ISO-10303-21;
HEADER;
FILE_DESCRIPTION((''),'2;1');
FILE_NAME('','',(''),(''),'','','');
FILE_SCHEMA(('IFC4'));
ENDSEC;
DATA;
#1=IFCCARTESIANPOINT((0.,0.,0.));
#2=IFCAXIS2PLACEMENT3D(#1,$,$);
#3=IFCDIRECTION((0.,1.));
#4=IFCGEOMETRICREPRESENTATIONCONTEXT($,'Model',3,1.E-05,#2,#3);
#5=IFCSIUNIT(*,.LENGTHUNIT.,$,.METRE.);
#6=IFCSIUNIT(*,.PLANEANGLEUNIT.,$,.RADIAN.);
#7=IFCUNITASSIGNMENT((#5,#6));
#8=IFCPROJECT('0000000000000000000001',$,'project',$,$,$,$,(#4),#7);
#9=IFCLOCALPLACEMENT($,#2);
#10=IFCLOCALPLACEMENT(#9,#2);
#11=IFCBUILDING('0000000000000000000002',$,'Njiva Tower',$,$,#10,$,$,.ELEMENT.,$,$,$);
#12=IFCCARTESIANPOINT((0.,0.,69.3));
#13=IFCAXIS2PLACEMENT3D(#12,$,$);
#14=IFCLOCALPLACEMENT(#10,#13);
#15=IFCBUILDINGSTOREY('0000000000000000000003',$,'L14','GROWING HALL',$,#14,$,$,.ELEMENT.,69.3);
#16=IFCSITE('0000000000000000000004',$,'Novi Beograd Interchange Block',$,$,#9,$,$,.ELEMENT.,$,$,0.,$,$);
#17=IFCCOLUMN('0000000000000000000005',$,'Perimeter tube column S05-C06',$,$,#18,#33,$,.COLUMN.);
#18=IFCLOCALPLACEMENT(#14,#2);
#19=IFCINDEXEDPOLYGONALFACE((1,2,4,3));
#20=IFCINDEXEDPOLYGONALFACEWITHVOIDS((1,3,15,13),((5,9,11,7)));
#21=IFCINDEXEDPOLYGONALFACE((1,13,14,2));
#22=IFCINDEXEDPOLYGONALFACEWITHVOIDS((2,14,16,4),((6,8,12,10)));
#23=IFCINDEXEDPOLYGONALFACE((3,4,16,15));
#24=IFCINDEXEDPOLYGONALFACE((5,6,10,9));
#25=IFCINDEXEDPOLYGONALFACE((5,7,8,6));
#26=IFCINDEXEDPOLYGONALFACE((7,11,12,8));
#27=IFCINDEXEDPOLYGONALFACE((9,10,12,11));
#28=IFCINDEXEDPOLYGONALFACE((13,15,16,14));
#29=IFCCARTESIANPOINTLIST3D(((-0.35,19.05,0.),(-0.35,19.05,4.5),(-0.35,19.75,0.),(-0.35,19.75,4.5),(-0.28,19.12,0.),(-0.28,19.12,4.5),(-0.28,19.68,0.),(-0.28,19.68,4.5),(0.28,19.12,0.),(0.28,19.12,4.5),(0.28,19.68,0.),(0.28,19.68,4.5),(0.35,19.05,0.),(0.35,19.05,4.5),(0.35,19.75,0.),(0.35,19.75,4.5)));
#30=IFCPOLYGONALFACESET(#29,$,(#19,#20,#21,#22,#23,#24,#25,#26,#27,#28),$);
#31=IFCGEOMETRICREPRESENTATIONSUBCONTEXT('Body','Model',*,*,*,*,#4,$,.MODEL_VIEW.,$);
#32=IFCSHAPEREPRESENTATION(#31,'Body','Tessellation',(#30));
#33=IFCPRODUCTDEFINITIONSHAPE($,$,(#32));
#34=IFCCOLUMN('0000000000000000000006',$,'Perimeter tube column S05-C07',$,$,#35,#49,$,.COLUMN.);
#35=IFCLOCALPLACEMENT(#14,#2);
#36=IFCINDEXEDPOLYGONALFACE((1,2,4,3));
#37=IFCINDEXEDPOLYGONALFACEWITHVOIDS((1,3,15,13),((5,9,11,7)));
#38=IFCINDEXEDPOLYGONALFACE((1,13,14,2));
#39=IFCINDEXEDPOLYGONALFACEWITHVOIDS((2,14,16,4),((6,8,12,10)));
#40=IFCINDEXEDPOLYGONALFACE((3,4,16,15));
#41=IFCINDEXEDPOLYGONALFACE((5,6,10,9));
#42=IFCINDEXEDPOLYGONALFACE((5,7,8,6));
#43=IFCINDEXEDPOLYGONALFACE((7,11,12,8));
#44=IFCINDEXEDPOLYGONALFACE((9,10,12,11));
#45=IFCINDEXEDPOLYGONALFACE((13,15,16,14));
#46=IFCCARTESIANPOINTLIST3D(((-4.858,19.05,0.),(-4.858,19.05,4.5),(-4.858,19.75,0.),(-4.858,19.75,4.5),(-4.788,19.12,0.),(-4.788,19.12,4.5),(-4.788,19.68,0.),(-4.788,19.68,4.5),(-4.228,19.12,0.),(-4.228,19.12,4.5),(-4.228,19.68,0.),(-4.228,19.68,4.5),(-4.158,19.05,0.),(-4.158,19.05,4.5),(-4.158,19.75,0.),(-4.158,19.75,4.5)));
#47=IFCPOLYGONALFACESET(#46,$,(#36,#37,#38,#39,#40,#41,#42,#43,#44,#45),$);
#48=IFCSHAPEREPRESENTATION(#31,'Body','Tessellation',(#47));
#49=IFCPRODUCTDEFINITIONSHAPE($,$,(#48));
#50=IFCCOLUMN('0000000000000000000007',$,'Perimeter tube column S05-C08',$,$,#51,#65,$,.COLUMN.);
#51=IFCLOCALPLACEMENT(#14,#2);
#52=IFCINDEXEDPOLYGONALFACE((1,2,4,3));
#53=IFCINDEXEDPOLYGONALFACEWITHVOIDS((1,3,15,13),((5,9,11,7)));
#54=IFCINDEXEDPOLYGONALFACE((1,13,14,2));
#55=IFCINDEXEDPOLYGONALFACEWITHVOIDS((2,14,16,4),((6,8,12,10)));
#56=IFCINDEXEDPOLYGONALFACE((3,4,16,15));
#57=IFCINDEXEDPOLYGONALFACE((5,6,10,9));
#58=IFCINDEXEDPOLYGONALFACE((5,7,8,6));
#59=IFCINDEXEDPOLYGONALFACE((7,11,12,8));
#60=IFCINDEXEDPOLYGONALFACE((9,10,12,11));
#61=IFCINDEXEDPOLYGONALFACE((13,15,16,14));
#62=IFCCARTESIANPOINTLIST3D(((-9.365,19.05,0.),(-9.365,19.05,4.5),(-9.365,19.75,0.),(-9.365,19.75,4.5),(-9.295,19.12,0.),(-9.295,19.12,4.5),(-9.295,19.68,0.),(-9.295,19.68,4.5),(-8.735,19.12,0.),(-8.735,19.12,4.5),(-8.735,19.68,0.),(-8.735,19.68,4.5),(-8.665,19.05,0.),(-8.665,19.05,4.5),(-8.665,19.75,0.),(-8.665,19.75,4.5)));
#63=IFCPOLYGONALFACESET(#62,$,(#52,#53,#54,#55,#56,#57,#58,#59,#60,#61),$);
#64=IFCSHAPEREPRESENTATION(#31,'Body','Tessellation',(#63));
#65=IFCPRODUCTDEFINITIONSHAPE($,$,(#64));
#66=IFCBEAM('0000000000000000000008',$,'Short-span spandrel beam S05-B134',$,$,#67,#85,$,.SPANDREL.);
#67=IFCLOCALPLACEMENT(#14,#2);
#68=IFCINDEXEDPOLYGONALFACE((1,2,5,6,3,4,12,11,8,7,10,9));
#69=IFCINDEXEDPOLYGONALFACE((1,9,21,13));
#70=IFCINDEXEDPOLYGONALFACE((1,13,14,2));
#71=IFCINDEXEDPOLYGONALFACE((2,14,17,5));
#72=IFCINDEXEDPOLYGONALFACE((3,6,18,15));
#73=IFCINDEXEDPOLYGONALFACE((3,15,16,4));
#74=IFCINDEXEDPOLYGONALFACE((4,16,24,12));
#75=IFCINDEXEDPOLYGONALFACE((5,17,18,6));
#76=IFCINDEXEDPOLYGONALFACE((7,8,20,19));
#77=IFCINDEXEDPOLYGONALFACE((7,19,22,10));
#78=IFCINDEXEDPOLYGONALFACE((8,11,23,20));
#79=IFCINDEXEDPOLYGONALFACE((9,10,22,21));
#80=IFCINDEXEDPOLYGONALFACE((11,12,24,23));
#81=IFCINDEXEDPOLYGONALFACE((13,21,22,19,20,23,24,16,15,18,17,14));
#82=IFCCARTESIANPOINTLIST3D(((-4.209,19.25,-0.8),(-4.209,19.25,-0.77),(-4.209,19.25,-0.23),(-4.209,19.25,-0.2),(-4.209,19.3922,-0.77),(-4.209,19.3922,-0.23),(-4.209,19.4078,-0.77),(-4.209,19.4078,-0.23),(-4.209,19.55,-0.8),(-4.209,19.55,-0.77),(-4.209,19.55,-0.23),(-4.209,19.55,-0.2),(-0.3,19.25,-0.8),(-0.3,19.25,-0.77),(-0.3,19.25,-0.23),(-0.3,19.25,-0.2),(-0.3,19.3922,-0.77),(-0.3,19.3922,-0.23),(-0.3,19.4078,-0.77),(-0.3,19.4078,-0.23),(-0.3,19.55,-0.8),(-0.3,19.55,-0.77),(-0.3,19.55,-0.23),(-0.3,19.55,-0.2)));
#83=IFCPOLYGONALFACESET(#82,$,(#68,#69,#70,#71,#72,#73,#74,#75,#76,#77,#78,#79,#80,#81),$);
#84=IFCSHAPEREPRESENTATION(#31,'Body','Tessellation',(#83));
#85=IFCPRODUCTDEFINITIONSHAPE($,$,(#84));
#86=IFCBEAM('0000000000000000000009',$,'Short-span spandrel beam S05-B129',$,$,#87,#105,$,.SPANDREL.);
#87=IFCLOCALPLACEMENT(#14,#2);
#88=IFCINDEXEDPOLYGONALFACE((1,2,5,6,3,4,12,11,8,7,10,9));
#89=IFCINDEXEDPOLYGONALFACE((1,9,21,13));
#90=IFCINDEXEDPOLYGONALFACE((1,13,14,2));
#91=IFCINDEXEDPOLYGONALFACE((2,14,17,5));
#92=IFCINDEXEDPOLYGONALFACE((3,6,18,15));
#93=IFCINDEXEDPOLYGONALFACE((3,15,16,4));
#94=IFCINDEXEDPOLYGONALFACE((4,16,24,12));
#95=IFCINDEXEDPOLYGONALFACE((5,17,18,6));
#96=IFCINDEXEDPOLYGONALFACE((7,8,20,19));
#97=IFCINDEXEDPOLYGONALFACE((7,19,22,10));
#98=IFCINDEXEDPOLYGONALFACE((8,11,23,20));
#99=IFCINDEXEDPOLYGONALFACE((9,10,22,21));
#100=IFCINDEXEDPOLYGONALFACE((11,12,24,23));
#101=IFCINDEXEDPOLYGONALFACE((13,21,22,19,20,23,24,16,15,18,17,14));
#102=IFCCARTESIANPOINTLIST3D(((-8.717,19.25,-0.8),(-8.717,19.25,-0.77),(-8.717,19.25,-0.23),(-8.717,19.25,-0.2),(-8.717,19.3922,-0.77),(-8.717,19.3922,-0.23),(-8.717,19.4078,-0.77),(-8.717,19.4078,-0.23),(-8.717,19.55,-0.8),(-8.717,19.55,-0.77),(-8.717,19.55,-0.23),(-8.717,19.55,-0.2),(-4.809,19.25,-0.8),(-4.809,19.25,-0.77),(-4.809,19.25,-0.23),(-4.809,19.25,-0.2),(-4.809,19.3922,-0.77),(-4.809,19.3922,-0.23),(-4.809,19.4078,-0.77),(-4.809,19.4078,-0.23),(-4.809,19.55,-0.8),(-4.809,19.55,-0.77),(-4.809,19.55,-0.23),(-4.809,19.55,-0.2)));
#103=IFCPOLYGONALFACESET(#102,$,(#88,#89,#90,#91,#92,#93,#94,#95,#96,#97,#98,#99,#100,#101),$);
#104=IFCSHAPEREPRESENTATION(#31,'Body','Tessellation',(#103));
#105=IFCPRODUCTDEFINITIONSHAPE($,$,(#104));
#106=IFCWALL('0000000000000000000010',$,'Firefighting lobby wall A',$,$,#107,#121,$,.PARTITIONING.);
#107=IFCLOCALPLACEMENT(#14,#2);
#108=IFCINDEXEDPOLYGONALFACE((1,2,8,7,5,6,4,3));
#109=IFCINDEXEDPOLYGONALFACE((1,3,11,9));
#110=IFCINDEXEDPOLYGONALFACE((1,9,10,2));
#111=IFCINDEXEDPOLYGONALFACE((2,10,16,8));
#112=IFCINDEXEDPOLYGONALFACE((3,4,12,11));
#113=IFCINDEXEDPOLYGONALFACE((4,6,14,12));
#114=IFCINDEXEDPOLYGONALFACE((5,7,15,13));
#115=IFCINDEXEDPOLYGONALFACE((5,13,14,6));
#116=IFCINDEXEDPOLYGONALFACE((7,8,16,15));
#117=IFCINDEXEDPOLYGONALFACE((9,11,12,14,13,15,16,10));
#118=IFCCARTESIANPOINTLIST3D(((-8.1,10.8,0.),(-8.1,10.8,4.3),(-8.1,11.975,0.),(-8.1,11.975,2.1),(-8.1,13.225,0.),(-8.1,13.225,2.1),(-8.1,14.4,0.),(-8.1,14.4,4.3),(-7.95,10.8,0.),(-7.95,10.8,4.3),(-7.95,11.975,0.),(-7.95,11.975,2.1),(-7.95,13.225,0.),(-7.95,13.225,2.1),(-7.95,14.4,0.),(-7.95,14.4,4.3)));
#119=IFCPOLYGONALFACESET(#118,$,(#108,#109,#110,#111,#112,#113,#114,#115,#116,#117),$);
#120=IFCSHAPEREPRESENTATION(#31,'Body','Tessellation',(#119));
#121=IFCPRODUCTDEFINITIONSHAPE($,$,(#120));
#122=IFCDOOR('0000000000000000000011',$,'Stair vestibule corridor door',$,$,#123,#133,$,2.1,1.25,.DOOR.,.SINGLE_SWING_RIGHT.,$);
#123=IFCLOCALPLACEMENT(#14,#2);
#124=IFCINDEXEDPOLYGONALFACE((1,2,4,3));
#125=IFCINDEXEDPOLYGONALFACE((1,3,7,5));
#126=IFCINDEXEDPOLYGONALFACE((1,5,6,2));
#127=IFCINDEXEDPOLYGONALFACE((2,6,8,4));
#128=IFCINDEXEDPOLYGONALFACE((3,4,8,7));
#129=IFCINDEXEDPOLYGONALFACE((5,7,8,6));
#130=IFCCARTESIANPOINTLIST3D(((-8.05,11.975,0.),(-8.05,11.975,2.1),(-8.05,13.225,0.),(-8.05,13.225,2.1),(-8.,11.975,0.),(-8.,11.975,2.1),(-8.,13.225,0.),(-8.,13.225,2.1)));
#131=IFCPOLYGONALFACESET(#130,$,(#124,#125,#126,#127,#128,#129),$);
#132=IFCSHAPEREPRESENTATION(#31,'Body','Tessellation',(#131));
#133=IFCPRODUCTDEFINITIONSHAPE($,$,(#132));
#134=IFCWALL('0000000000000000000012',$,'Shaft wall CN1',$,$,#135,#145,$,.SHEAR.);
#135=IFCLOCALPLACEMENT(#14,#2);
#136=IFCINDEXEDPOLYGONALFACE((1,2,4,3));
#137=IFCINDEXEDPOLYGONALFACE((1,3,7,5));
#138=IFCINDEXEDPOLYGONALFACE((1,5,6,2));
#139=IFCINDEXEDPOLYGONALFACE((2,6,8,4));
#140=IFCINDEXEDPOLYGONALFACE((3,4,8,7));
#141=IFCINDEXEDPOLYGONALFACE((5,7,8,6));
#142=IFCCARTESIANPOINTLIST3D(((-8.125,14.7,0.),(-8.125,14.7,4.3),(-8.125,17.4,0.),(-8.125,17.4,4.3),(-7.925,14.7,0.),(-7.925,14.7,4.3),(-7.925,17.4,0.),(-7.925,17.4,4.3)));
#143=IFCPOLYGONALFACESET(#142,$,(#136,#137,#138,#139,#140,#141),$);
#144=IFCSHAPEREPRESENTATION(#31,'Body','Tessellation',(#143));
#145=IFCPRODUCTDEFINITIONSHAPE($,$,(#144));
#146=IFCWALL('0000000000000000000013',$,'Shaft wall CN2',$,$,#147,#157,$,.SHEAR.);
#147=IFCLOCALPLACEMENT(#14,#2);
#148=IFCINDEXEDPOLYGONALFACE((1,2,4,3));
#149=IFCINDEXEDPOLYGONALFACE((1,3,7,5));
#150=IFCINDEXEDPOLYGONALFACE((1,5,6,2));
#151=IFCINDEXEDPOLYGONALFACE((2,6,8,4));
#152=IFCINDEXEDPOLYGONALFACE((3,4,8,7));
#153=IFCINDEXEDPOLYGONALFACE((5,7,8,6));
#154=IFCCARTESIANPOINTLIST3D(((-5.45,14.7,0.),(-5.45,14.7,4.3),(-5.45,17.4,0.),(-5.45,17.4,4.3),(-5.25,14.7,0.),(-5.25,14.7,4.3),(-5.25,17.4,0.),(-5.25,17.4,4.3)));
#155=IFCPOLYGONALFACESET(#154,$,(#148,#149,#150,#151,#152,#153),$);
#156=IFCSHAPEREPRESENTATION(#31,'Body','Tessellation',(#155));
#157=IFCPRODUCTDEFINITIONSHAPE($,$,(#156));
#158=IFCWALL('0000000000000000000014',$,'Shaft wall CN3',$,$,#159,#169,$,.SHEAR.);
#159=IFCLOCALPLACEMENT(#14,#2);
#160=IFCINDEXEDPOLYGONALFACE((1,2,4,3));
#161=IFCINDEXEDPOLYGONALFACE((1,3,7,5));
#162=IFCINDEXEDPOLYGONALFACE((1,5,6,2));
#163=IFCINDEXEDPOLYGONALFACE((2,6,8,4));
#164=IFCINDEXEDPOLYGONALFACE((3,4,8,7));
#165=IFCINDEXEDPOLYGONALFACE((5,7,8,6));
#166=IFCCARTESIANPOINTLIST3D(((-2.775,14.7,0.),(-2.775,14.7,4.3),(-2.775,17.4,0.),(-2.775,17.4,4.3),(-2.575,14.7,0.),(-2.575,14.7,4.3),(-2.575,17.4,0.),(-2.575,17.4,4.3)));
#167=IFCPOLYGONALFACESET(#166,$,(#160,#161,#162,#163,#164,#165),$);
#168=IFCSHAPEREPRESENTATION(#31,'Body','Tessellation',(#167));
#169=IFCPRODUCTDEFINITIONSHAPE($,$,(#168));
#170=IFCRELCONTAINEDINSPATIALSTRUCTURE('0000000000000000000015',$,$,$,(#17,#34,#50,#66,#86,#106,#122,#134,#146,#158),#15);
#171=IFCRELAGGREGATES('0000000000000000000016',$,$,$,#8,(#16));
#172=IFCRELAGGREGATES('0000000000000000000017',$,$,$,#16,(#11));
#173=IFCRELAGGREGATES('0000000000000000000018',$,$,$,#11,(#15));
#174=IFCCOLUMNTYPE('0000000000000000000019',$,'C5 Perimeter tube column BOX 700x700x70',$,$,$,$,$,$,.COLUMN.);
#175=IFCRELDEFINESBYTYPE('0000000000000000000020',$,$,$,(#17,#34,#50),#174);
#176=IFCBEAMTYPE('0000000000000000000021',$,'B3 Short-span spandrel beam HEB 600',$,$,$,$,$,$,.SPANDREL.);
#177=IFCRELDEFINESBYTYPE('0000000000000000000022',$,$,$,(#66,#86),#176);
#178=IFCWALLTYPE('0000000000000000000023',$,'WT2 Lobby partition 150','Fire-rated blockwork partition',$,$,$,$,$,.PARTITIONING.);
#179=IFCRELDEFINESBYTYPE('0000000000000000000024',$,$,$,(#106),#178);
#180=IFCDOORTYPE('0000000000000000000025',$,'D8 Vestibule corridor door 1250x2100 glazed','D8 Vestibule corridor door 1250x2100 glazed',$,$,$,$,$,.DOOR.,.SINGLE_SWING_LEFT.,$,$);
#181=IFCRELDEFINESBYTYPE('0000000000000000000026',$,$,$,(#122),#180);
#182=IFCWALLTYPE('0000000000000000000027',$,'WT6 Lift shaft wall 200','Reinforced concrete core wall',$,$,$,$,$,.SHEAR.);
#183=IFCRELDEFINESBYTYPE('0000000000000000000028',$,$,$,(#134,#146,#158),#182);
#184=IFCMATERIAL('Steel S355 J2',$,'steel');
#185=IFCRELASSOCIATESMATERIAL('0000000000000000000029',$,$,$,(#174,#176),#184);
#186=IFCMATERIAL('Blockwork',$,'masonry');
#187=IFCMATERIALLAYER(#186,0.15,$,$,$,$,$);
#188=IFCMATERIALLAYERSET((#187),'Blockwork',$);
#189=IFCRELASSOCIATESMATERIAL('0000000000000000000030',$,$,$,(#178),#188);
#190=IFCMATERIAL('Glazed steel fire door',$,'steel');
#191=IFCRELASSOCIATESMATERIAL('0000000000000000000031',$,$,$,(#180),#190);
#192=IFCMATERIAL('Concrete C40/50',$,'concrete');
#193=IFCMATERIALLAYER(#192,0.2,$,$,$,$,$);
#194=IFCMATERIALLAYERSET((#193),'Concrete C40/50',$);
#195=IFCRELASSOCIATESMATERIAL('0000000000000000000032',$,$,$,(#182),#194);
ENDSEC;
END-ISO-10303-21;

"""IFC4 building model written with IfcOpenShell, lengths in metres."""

from ifc_helpers import new_model, si_unit, direction, frame, frame_2d, origin, origin_2d, place, context, subcontext, project, spatial, rectangle, hollow_rectangle, i_section, extrude, material, layer, layer_set, material_profile, profile_set, type_object, element, fill, save


model = new_model("IFC4")

# Units and contexts
model_context = context("Model", 3, precision=1e-05, world=origin(), true_north=direction((0.0, 1.0)))
body_context = subcontext(model_context, "Body", "Model", "MODEL_VIEW")
ifc_project = project(units=[si_unit("LENGTHUNIT", "METRE"), si_unit("PLANEANGLEUNIT", "RADIAN")], contexts=[model_context])

# Site, building, storey
site_placement = place(None, origin())
site = spatial("IfcSite", under=ifc_project, at=site_placement, Name="Novi Beograd Interchange Block", CompositionType="ELEMENT", RefElevation=0.0)
building_placement = place(site_placement, origin())
building = spatial("IfcBuilding", under=site, at=building_placement, Name="Njiva Tower", CompositionType="ELEMENT")
storey_placement = place(building_placement, frame((0.0, 0.0, 69.3)))
storey = spatial("IfcBuildingStorey", under=building, at=storey_placement, Name="L14", Description="GROWING HALL", CompositionType="ELEMENT", Elevation=69.3)

# Columns
ifc_material_1 = material(Name="Steel S355 J2", Category="steel")
ifc_material_profile_1 = material_profile(ifc_material_1, hollow_rectangle(XDim=0.7, YDim=0.7, WallThickness=0.07, at=origin_2d()), Name="BOX 700x700x70")
ifc_profile_set_1 = profile_set([ifc_material_profile_1], Name="Steel S355 J2")
column_type = type_object("IfcColumnType", Name="C5 Perimeter tube column BOX 700x700x70", PredefinedType="COLUMN", material=ifc_profile_set_1)
for number, where, z_axis, x_axis, name in (
    (1, (0.0, 19.4, 0.0), (0.0, 0.0, 1.0), (-1.0, 0.0, 0.0), "Perimeter tube column S05-C06"),
    (2, (-4.508, 19.4, 0.0), (0.0, 0.0, 1.0), (-1.0, 0.0, 0.0), "Perimeter tube column S05-C07"),
    (3, (-9.015, 19.4, 0.0), (0.0, 0.0, 1.0), (-1.0, 0.0, 0.0), "Perimeter tube column S05-C08"),
):
    element("IfcColumn", number, at=place(storey_placement, frame(where, z_axis=z_axis, x_axis=x_axis)), inside=storey, type_object=column_type, Name=name, PredefinedType="COLUMN", context=body_context, shape_type="SweptSolid", body=[
        extrude(hollow_rectangle(XDim=0.7, YDim=0.7, WallThickness=0.07, at=origin_2d()), origin(), (0.0, 0.0, 1.0), 4.5),
    ])

# Beams
ifc_material_profile_2 = material_profile(ifc_material_1, i_section(OverallWidth=0.3, OverallDepth=0.6, WebThickness=0.0155, FlangeThickness=0.03, at=origin_2d()), Name="HEB 600")
ifc_profile_set_2 = profile_set([ifc_material_profile_2], Name="Steel S355 J2")
beam_type = type_object("IfcBeamType", Name="B3 Short-span spandrel beam HEB 600", PredefinedType="SPANDREL", material=ifc_profile_set_2)
beam_1_placement = place(storey_placement, frame((-0.3, 19.4, -0.5), z_axis=(-1.0, 0.0, 0.0), x_axis=(0.0, -1.0, 0.0)))
element("IfcBeam", 4, at=beam_1_placement, inside=storey, type_object=beam_type, Name="Short-span spandrel beam S05-B134", PredefinedType="SPANDREL", context=body_context, shape_type="SweptSolid", body=[
    extrude(i_section(OverallWidth=0.3, OverallDepth=0.6, WebThickness=0.0155, FlangeThickness=0.03, at=origin_2d()), origin(), (0.0, 0.0, 1.0), 3.909),
])
beam_2_placement = place(storey_placement, frame((-4.809, 19.4, -0.5), z_axis=(-1.0, 0.0, 0.0), x_axis=(0.0, -1.0, 0.0)))
element("IfcBeam", 5, at=beam_2_placement, inside=storey, type_object=beam_type, Name="Short-span spandrel beam S05-B129", PredefinedType="SPANDREL", context=body_context, shape_type="SweptSolid", body=[
    extrude(i_section(OverallWidth=0.3, OverallDepth=0.6, WebThickness=0.0155, FlangeThickness=0.03, at=origin_2d()), origin(), (0.0, 0.0, 1.0), 3.908),
])

# Wall, opening, door
ifc_material_2 = material(Name="Blockwork", Category="masonry")
ifc_layer_1 = layer(ifc_material_2, 0.15)
ifc_layer_set_1 = layer_set([ifc_layer_1], Name="Blockwork")
wall_type_1 = type_object("IfcWallType", Name="WT2 Lobby partition 150", Description="Fire-rated blockwork partition", PredefinedType="PARTITIONING", material=ifc_layer_set_1)
wall_placement = place(storey_placement, frame((-8.025, 10.8, 0.0), z_axis=(0.0, 0.0, 1.0), x_axis=(0.0, 1.0, 0.0)))
wall = element("IfcWall", 6, at=wall_placement, inside=storey, type_object=wall_type_1, Name="Firefighting lobby wall A", PredefinedType="PARTITIONING", context=body_context, shape_type="SweptSolid", body=[
    extrude(rectangle(XDim=3.6, YDim=0.15, at=frame_2d((1.8, 0.0))), origin(), (0.0, 0.0, 1.0), 4.3),
])
opening_placement = place(wall_placement, frame((1.175, 0.0, 0.0)))
opening = element("IfcOpeningElement", 7, at=opening_placement, cuts=wall, PredefinedType="OPENING", context=body_context, shape_type="SweptSolid", body=[
    extrude(rectangle(XDim=1.25, YDim=2.1, at=frame_2d((0.625, 1.05))), frame((0.0, 0.085, 0.0), z_axis=(0.0, -1.0, 0.0), x_axis=(1.0, 0.0, 0.0)), (0.0, 0.0, 1.0), 0.17),
])
ifc_material_3 = material(Name="Glazed steel fire door", Category="steel")
door_type = type_object("IfcDoorType", Name="D8 Vestibule corridor door 1250x2100 glazed", Description="D8 Vestibule corridor door 1250x2100 glazed", OperationType="SINGLE_SWING_LEFT", PredefinedType="DOOR", material=ifc_material_3)
door_placement = place(opening_placement, origin())
door = element("IfcDoor", 8, at=door_placement, inside=storey, type_object=door_type, Name="Stair vestibule corridor door", OperationType="SINGLE_SWING_RIGHT", OverallHeight=2.1, OverallWidth=1.25, PredefinedType="DOOR", context=body_context, shape_type="SweptSolid", body=[
    extrude(rectangle(XDim=1.25, YDim=2.1, at=frame_2d((0.625, 1.05))), frame((0.0, 0.025, 0.0), z_axis=(0.0, -1.0, 0.0), x_axis=(1.0, 0.0, 0.0)), (0.0, 0.0, 1.0), 0.05),
])
fill(opening, door)

# Walls
ifc_material_4 = material(Name="Concrete C40/50", Category="concrete")
ifc_layer_2 = layer(ifc_material_4, 0.2)
ifc_layer_set_2 = layer_set([ifc_layer_2], Name="Concrete C40/50")
wall_type_2 = type_object("IfcWallType", Name="WT6 Lift shaft wall 200", Description="Reinforced concrete core wall", PredefinedType="SHEAR", material=ifc_layer_set_2)
for number, where, z_axis, x_axis, name in (
    (9, (-8.025, 14.7, 0.0), (0.0, 0.0, 1.0), (0.0, 1.0, 0.0), "Shaft wall CN1"),
    (10, (-5.35, 14.7, 0.0), (0.0, 0.0, 1.0), (0.0, 1.0, 0.0), "Shaft wall CN2"),
    (11, (-2.675, 14.7, 0.0), (0.0, 0.0, 1.0), (0.0, 1.0, 0.0), "Shaft wall CN3"),
):
    element("IfcWall", number, at=place(storey_placement, frame(where, z_axis=z_axis, x_axis=x_axis)), inside=storey, type_object=wall_type_2, Name=name, PredefinedType="SHEAR", context=body_context, shape_type="SweptSolid", body=[
        extrude(rectangle(XDim=2.7, YDim=0.2, at=frame_2d((1.35, 0.0))), origin(), (0.0, 0.0, 1.0), 4.3),
    ])

save(model, "model.ifc")
